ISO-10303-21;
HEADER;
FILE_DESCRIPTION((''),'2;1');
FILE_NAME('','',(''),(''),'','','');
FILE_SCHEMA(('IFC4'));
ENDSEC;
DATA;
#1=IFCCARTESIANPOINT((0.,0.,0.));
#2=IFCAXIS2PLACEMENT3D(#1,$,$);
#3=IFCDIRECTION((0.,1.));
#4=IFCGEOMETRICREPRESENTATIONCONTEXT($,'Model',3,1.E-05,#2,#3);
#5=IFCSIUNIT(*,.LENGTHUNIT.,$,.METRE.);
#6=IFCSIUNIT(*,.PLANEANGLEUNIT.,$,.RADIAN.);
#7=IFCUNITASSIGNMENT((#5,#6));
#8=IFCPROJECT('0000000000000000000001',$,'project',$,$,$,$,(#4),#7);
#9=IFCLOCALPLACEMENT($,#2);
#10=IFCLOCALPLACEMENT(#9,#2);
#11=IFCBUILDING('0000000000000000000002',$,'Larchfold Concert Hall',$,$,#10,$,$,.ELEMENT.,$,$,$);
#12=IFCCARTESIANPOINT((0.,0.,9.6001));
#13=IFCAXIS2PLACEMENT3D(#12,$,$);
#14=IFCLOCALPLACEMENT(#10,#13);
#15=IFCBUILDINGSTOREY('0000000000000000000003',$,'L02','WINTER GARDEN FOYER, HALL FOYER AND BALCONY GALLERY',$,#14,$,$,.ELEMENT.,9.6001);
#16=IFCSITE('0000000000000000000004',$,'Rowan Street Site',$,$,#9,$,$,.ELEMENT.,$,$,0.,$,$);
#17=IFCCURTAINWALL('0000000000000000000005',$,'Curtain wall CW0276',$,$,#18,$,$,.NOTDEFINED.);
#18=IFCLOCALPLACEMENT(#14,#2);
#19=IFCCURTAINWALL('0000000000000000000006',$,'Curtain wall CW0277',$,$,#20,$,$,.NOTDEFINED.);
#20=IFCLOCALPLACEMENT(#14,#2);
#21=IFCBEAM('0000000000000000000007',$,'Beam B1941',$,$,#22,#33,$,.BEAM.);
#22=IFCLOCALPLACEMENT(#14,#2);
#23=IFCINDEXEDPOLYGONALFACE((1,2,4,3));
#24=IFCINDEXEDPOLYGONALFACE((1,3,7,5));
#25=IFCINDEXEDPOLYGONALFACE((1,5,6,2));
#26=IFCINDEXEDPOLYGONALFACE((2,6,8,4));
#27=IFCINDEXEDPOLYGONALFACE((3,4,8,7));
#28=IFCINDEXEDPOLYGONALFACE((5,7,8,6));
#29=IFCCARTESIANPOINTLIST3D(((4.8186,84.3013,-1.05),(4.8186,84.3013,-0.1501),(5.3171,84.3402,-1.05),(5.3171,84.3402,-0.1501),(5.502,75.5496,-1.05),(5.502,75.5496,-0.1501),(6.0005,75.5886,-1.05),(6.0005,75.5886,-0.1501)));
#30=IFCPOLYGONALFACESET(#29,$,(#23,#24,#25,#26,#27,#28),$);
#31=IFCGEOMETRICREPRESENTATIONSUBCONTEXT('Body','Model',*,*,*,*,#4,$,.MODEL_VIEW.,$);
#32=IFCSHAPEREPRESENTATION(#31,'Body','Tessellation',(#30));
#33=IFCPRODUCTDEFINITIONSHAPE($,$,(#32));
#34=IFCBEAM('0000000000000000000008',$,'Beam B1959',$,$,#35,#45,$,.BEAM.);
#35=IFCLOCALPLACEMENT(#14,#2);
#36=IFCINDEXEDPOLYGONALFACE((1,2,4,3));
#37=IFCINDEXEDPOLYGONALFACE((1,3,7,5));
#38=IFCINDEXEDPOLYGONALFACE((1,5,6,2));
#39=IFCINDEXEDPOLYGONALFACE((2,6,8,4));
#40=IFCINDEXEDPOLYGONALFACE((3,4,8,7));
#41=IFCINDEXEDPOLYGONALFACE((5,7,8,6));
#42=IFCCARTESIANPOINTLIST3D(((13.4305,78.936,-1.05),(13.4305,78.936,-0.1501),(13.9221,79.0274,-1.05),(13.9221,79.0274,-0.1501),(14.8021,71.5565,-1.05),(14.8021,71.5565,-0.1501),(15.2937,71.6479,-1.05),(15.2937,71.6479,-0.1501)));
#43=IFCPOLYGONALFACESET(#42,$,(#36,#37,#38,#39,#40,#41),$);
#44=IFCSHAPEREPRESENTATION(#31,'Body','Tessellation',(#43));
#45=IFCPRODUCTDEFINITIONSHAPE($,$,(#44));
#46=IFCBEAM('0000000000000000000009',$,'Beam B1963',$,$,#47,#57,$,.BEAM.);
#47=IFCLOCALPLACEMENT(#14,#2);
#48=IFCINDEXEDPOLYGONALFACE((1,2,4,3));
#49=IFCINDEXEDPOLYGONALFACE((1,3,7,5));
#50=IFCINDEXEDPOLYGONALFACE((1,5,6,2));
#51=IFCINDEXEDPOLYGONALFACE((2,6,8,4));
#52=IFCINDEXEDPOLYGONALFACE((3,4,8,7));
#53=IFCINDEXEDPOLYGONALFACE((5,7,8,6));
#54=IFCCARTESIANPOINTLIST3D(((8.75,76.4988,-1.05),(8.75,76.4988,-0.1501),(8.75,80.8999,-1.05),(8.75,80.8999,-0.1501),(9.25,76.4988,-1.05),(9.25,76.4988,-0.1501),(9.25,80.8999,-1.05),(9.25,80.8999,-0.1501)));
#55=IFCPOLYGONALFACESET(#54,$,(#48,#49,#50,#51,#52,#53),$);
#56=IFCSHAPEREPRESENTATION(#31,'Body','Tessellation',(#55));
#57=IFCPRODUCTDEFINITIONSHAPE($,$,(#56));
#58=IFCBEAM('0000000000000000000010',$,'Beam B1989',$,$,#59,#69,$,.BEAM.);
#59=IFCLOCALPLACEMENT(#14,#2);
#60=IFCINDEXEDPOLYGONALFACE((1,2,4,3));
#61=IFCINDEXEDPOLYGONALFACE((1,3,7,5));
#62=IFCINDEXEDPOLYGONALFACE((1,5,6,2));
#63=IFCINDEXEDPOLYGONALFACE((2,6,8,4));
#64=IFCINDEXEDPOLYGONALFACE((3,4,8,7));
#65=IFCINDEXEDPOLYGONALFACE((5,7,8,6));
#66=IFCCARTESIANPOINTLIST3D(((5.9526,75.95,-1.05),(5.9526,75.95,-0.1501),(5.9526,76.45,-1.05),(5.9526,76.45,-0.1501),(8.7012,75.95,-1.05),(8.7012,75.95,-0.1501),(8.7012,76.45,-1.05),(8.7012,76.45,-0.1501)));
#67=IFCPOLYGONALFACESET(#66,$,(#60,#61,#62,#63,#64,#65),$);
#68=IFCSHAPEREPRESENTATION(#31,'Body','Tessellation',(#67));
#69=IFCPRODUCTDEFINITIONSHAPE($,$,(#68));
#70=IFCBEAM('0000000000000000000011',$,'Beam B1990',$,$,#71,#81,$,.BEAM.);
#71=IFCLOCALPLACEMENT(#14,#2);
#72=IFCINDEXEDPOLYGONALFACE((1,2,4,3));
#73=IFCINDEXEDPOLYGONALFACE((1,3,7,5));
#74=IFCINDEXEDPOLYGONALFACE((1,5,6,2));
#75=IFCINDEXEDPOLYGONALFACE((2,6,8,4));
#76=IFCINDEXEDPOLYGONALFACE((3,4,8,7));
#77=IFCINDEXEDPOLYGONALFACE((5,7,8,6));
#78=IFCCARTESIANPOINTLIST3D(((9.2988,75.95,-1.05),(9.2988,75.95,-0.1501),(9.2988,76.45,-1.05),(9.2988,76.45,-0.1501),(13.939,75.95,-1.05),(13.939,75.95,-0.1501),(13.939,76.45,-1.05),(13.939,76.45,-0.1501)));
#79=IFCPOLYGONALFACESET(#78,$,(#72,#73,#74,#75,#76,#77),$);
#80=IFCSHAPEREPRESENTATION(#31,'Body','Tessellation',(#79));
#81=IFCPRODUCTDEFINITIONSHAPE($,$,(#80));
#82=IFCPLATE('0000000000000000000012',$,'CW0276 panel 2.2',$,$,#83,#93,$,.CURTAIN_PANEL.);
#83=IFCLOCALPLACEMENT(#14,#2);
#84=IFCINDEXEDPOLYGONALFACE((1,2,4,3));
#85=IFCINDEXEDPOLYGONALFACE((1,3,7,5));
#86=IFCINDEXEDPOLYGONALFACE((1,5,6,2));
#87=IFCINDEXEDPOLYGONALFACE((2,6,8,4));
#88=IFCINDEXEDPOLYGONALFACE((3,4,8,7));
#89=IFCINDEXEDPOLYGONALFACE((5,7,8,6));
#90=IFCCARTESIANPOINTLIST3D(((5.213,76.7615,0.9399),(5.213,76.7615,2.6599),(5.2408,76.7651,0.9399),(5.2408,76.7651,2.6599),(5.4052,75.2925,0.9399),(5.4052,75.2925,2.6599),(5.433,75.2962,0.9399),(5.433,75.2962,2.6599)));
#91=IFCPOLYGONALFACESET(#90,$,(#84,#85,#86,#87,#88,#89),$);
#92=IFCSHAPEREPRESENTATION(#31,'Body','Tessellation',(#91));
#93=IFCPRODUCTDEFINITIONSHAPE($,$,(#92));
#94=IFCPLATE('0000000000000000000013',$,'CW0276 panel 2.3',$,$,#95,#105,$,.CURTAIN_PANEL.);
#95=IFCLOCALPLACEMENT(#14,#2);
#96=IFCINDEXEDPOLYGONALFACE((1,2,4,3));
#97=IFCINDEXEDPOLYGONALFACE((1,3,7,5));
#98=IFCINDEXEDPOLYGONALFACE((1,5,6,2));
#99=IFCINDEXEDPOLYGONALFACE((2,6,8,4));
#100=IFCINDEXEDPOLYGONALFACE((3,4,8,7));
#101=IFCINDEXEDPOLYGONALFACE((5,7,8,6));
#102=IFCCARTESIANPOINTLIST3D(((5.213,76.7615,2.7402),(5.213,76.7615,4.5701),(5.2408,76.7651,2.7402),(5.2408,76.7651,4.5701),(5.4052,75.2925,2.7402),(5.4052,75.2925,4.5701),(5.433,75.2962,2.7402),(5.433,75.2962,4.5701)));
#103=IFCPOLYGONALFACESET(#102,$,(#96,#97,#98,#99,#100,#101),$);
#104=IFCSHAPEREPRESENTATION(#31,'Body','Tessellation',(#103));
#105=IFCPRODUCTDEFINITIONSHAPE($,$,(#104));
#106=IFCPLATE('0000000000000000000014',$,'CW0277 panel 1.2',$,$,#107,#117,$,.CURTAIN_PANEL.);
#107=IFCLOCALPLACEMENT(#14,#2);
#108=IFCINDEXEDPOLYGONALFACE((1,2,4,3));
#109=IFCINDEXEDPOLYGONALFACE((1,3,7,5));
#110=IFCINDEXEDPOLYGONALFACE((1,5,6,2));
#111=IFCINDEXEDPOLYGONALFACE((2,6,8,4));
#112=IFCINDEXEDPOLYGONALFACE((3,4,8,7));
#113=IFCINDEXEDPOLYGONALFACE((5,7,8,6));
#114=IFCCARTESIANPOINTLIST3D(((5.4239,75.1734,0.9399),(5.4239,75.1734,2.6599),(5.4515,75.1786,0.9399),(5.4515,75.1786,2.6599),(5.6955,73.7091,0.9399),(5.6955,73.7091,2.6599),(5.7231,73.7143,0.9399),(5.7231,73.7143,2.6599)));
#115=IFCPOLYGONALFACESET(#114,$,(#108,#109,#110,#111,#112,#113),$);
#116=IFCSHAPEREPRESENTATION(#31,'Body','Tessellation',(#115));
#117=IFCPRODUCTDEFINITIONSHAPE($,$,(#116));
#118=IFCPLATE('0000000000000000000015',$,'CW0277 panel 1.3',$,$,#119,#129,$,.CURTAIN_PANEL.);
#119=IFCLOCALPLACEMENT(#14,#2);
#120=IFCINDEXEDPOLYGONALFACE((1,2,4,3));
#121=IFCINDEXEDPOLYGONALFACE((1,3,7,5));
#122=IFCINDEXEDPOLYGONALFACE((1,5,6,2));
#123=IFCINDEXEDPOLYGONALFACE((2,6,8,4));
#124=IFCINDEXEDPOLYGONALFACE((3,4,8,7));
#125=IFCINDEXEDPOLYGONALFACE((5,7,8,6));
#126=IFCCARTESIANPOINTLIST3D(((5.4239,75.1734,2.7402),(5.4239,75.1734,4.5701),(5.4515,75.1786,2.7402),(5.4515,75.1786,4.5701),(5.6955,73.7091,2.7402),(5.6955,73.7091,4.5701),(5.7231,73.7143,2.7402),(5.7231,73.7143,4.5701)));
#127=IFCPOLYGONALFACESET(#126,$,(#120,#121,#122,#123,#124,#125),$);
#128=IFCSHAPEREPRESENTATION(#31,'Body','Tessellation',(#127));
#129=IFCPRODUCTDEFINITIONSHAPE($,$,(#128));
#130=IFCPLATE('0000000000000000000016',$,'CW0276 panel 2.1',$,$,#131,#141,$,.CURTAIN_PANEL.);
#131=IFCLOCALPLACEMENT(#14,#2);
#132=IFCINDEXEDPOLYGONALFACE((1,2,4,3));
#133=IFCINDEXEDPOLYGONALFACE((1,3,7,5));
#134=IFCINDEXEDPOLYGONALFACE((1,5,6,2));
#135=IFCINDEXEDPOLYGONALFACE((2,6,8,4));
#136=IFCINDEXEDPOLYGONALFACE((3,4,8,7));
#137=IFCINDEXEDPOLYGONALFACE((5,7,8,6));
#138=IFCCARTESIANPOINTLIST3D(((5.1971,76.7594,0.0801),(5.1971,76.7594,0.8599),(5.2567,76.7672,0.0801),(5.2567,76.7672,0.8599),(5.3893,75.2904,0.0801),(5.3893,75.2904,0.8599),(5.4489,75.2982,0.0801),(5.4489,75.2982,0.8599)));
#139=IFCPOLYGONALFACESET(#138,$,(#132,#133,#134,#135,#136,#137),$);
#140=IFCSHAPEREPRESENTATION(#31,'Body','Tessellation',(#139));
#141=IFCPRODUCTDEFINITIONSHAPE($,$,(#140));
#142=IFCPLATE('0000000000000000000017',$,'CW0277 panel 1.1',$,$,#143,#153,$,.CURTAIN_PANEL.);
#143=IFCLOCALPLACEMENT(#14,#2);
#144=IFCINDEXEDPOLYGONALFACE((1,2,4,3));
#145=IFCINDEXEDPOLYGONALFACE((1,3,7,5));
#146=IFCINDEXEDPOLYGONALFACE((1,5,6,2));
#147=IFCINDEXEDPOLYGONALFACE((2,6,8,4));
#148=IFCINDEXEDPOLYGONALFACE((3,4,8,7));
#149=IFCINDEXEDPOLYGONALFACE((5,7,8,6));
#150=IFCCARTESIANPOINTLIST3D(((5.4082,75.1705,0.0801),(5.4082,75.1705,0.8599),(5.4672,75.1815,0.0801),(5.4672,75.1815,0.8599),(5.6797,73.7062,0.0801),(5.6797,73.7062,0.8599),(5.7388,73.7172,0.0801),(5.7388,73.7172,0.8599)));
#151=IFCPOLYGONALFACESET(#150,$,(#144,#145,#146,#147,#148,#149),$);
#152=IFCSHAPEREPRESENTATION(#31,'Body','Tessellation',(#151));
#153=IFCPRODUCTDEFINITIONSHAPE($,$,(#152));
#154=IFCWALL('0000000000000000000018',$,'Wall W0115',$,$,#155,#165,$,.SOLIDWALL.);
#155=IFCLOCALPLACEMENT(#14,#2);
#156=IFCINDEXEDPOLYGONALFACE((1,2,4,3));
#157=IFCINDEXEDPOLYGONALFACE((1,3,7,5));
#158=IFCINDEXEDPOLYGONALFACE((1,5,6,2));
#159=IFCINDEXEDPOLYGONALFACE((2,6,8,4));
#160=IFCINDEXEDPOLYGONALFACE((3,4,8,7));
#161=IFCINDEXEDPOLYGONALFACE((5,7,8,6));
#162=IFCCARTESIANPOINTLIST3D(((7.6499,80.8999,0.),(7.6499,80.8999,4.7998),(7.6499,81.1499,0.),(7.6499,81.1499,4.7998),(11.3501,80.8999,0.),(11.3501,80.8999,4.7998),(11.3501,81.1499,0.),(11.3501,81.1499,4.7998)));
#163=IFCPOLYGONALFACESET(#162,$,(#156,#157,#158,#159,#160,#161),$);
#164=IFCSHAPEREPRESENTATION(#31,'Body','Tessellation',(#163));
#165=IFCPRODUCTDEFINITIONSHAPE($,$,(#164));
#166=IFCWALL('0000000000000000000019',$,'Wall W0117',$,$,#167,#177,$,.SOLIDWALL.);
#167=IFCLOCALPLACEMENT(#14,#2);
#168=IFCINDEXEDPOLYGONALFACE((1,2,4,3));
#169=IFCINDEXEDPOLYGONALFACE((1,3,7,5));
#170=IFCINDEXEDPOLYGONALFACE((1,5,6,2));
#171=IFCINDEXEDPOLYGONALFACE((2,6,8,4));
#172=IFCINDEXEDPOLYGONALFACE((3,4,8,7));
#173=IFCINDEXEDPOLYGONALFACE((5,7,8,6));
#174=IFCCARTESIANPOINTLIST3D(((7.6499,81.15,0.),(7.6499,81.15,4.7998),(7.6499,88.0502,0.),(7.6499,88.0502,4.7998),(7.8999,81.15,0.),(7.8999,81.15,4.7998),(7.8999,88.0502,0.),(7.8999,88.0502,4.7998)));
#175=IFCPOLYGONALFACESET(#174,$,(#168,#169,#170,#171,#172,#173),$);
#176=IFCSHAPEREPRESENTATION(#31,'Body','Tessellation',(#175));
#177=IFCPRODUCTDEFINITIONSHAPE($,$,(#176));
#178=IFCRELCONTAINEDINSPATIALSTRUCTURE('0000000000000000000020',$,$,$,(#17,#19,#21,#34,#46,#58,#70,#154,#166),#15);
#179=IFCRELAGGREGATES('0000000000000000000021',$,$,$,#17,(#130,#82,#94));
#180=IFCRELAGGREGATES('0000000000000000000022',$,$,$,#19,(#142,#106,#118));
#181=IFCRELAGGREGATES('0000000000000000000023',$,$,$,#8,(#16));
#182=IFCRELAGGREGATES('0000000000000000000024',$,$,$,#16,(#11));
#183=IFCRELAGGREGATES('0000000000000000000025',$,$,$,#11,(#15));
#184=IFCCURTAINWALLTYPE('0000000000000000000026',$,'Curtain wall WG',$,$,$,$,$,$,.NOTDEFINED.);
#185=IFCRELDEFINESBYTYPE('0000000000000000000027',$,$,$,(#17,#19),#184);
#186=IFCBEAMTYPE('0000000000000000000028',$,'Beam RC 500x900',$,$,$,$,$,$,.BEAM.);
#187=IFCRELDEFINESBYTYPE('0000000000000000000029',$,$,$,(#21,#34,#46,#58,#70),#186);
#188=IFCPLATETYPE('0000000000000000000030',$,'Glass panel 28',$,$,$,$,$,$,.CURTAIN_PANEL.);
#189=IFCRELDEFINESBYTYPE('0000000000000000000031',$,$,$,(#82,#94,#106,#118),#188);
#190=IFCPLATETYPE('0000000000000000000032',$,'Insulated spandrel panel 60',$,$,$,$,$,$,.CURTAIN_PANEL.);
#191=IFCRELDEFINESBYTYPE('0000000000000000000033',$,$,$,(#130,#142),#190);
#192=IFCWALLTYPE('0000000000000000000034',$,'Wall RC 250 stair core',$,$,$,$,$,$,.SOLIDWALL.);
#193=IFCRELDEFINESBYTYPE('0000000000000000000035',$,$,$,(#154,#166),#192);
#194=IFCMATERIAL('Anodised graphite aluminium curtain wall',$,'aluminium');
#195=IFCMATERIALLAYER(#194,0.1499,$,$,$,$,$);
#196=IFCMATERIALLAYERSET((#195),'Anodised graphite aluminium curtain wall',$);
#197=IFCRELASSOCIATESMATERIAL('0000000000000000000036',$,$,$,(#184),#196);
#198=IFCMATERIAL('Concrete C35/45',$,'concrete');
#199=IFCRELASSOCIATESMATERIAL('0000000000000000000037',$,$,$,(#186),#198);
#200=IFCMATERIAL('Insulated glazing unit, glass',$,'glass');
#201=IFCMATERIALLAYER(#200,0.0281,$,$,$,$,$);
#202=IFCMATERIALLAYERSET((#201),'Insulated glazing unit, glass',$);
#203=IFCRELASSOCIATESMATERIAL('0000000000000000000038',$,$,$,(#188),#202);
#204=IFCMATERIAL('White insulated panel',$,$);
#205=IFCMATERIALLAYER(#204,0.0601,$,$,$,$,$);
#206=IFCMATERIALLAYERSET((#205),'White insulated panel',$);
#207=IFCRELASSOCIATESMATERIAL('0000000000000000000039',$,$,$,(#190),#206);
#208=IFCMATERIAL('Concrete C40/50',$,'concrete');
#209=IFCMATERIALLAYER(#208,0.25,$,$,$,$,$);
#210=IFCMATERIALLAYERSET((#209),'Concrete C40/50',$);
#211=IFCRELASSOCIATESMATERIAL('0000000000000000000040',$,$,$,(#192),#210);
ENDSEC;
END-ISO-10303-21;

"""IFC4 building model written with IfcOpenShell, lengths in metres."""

from ifc_helpers import new_model, si_unit, direction, frame, frame_2d, origin, origin_2d, place, context, subcontext, project, spatial, rectangle, extrude, material, layer, layer_set, material_profile, profile_set, type_object, element, aggregate, save


model = new_model("IFC4")

# Units and contexts
model_context = context("Model", 3, precision=1e-05, world=origin(), true_north=direction((0.0, 1.0)))
body_context = subcontext(model_context, "Body", "Model", "MODEL_VIEW")
ifc_project = project(units=[si_unit("LENGTHUNIT", "METRE"), si_unit("PLANEANGLEUNIT", "RADIAN")], contexts=[model_context])

# Site, building, storey
site_placement = place(None, origin())
site = spatial("IfcSite", under=ifc_project, at=site_placement, Name="Rowan Street Site", CompositionType="ELEMENT", RefElevation=0.0)
building_placement = place(site_placement, origin())
building = spatial("IfcBuilding", under=site, at=building_placement, Name="Larchfold Concert Hall", CompositionType="ELEMENT")
storey_placement = place(building_placement, frame((0.0, 0.0, 9.6001)))
storey = spatial("IfcBuildingStorey", under=building, at=storey_placement, Name="L02", Description="WINTER GARDEN FOYER, HALL FOYER AND BALCONY GALLERY", CompositionType="ELEMENT", Elevation=9.6001)

# Curtain walls
ifc_material_1 = material(Name="Anodised graphite aluminium curtain wall", Category="aluminium")
ifc_layer_1 = layer(ifc_material_1, 0.1499)
ifc_layer_set_1 = layer_set([ifc_layer_1], Name="Anodised graphite aluminium curtain wall")
curtain_wall_type = type_object("IfcCurtainWallType", Name="Curtain wall WG", PredefinedType="NOTDEFINED", material=ifc_layer_set_1)
curtain_wall_1_placement = place(storey_placement, origin())
curtain_wall_1 = element("IfcCurtainWall", 1, at=curtain_wall_1_placement, inside=storey, type_object=curtain_wall_type, Name="Curtain wall CW0276", PredefinedType="NOTDEFINED")
curtain_wall_2_placement = place(storey_placement, origin())
curtain_wall_2 = element("IfcCurtainWall", 2, at=curtain_wall_2_placement, inside=storey, type_object=curtain_wall_type, Name="Curtain wall CW0277", PredefinedType="NOTDEFINED")

# Beams
ifc_material_2 = material(Name="Concrete C35/45", Category="concrete")
ifc_material_profile_1 = material_profile(ifc_material_2, rectangle(XDim=0.5, YDim=0.8999, at=origin_2d()))
ifc_profile_set_1 = profile_set([ifc_material_profile_1], Name="Concrete C35/45")
beam_type = type_object("IfcBeamType", Name="Beam RC 500x900", PredefinedType="BEAM", material=ifc_profile_set_1)
beam_1_placement = place(storey_placement, frame((5.7512, 75.5691, -0.6001), z_axis=(-0.077845, 0.996965, 0.0), x_axis=(-0.996965, -0.077845, 0.0)))
element("IfcBeam", 3, at=beam_1_placement, inside=storey, type_object=beam_type, Name="Beam B1941", PredefinedType="BEAM", context=body_context, shape_type="SweptSolid", body=[
    extrude(rectangle(XDim=0.5, YDim=0.8999, at=origin_2d()), origin(), (0.0, 0.0, 1.0), 8.7783),
])
beam_2_placement = place(storey_placement, frame((13.6763, 78.9817, -0.6001), z_axis=(0.182737, -0.983162, 0.0), x_axis=(0.983162, 0.182737, 0.0)))
element("IfcBeam", 4, at=beam_2_placement, inside=storey, type_object=beam_type, Name="Beam B1959", PredefinedType="BEAM", context=body_context, shape_type="SweptSolid", body=[
    extrude(rectangle(XDim=0.5, YDim=0.8999, at=origin_2d()), origin(), (0.0, 0.0, 1.0), 7.5059),
])
beam_3_placement = place(storey_placement, frame((9.0, 76.4988, -0.6001), z_axis=(0.0, 1.0, 0.0), x_axis=(-1.0, 0.0, 0.0)))
element("IfcBeam", 5, at=beam_3_placement, inside=storey, type_object=beam_type, Name="Beam B1963", PredefinedType="BEAM", context=body_context, shape_type="SweptSolid", body=[
    extrude(rectangle(XDim=0.5, YDim=0.8999, at=origin_2d()), origin(), (0.0, 0.0, 1.0), 4.4011),
])
beam_4_placement = place(storey_placement, frame((5.9526, 76.2, -0.6001), z_axis=(1.0, 0.0, 0.0), x_axis=(0.0, 1.0, 0.0)))
element("IfcBeam", 6, at=beam_4_placement, inside=storey, type_object=beam_type, Name="Beam B1989", PredefinedType="BEAM", context=body_context, shape_type="SweptSolid", body=[
    extrude(rectangle(XDim=0.5, YDim=0.8999, at=origin_2d()), origin(), (0.0, 0.0, 1.0), 2.7485),
])
beam_5_placement = place(storey_placement, frame((9.2988, 76.2, -0.6001), z_axis=(1.0, 0.0, 0.0), x_axis=(0.0, 1.0, 0.0)))
element("IfcBeam", 7, at=beam_5_placement, inside=storey, type_object=beam_type, Name="Beam B1990", PredefinedType="BEAM", context=body_context, shape_type="SweptSolid", body=[
    extrude(rectangle(XDim=0.5, YDim=0.8999, at=origin_2d()), origin(), (0.0, 0.0, 1.0), 4.6401),
])

# Plates
ifc_material_3 = material(Name="Insulated glazing unit, glass", Category="glass")
ifc_layer_2 = layer(ifc_material_3, 0.0281)
ifc_layer_set_2 = layer_set([ifc_layer_2], Name="Insulated glazing unit, glass")
plate_type_1 = type_object("IfcPlateType", Name="Glass panel 28", PredefinedType="CURTAIN_PANEL", material=ifc_layer_set_2)
plate_1_placement = place(storey_placement, frame((5.323, 76.0288, 0.9399), z_axis=(0.0, 0.0, 1.0), x_axis=(0.129731, -0.991549, 0.0)))
plate_1 = element("IfcPlate", 8, at=plate_1_placement, type_object=plate_type_1, Name="CW0276 panel 2.2", PredefinedType="CURTAIN_PANEL", context=body_context, shape_type="SweptSolid", body=[
    extrude(rectangle(XDim=1.4814, YDim=0.0281, at=origin_2d()), origin(), (0.0, 0.0, 1.0), 1.72),
])
plate_2_placement = place(storey_placement, frame((5.323, 76.0288, 2.7402), z_axis=(0.0, 0.0, 1.0), x_axis=(0.129731, -0.991549, 0.0)))
plate_2 = element("IfcPlate", 9, at=plate_2_placement, type_object=plate_type_1, Name="CW0276 panel 2.3", PredefinedType="CURTAIN_PANEL", context=body_context, shape_type="SweptSolid", body=[
    extrude(rectangle(XDim=1.4814, YDim=0.0281, at=origin_2d()), origin(), (0.0, 0.0, 1.0), 1.8298),
])
plate_3_placement = place(storey_placement, frame((5.5735, 74.4438, 0.9399), z_axis=(0.0, 0.0, 1.0), x_axis=(0.182347, -0.983234, 0.0)))
plate_3 = element("IfcPlate", 10, at=plate_3_placement, type_object=plate_type_1, Name="CW0277 panel 1.2", PredefinedType="CURTAIN_PANEL", context=body_context, shape_type="SweptSolid", body=[
    extrude(rectangle(XDim=1.4893, YDim=0.0281, at=origin_2d()), origin(), (0.0, 0.0, 1.0), 1.72),
])
plate_4_placement = place(storey_placement, frame((5.5735, 74.4438, 2.7402), z_axis=(0.0, 0.0, 1.0), x_axis=(0.182347, -0.983234, 0.0)))
plate_4 = element("IfcPlate", 11, at=plate_4_placement, type_object=plate_type_1, Name="CW0277 panel 1.3", PredefinedType="CURTAIN_PANEL", context=body_context, shape_type="SweptSolid", body=[
    extrude(rectangle(XDim=1.4893, YDim=0.0281, at=origin_2d()), origin(), (0.0, 0.0, 1.0), 1.8298),
])
ifc_material_4 = material(Name="White insulated panel")
ifc_layer_3 = layer(ifc_material_4, 0.0601)
ifc_layer_set_3 = layer_set([ifc_layer_3], Name="White insulated panel")
plate_type_2 = type_object("IfcPlateType", Name="Insulated spandrel panel 60", PredefinedType="CURTAIN_PANEL", material=ifc_layer_set_3)
plate_5_placement = place(storey_placement, frame((5.323, 76.0288, 0.0801), z_axis=(0.0, 0.0, 1.0), x_axis=(0.129731, -0.991549, 0.0)))
plate_5 = element("IfcPlate", 12, at=plate_5_placement, type_object=plate_type_2, Name="CW0276 panel 2.1", PredefinedType="CURTAIN_PANEL", context=body_context, shape_type="SweptSolid", body=[
    extrude(rectangle(XDim=1.4814, YDim=0.0601, at=origin_2d()), origin(), (0.0, 0.0, 1.0), 0.7798),
])
aggregate(curtain_wall_1, [plate_5, plate_1, plate_2])
plate_6_placement = place(storey_placement, frame((5.5735, 74.4438, 0.0801), z_axis=(0.0, 0.0, 1.0), x_axis=(0.182347, -0.983234, 0.0)))
plate_6 = element("IfcPlate", 13, at=plate_6_placement, type_object=plate_type_2, Name="CW0277 panel 1.1", PredefinedType="CURTAIN_PANEL", context=body_context, shape_type="SweptSolid", body=[
    extrude(rectangle(XDim=1.4893, YDim=0.0601, at=origin_2d()), origin(), (0.0, 0.0, 1.0), 0.7798),
])
aggregate(curtain_wall_2, [plate_6, plate_3, plate_4])

# Walls
ifc_material_5 = material(Name="Concrete C40/50", Category="concrete")
ifc_layer_4 = layer(ifc_material_5, 0.25)
ifc_layer_set_4 = layer_set([ifc_layer_4], Name="Concrete C40/50")
wall_type = type_object("IfcWallType", Name="Wall RC 250 stair core", PredefinedType="SOLIDWALL", material=ifc_layer_set_4)
wall_1_placement = place(storey_placement, frame((7.6499, 81.0249, 0.0), z_axis=(0.0, 0.0, 1.0), x_axis=(1.0, 0.0, 0.0)))
element("IfcWall", 14, at=wall_1_placement, inside=storey, type_object=wall_type, Name="Wall W0115", PredefinedType="SOLIDWALL", context=body_context, shape_type="SweptSolid", body=[
    extrude(rectangle(XDim=3.7002, YDim=0.25, at=frame_2d((1.8501, 0.0))), origin(), (0.0, 0.0, 1.0), 4.7998),
])
wall_2_placement = place(storey_placement, frame((7.7749, 81.1499, 0.0), z_axis=(0.0, 0.0, 1.0), x_axis=(0.0, 1.0, 0.0)))
element("IfcWall", 15, at=wall_2_placement, inside=storey, type_object=wall_type, Name="Wall W0117", PredefinedType="SOLIDWALL", context=body_context, shape_type="SweptSolid", body=[
    extrude(rectangle(XDim=6.9001, YDim=0.25, at=frame_2d((3.4502, 0.0))), origin(), (0.0, 0.0, 1.0), 4.7998),
])

save(model, "model.ifc")
